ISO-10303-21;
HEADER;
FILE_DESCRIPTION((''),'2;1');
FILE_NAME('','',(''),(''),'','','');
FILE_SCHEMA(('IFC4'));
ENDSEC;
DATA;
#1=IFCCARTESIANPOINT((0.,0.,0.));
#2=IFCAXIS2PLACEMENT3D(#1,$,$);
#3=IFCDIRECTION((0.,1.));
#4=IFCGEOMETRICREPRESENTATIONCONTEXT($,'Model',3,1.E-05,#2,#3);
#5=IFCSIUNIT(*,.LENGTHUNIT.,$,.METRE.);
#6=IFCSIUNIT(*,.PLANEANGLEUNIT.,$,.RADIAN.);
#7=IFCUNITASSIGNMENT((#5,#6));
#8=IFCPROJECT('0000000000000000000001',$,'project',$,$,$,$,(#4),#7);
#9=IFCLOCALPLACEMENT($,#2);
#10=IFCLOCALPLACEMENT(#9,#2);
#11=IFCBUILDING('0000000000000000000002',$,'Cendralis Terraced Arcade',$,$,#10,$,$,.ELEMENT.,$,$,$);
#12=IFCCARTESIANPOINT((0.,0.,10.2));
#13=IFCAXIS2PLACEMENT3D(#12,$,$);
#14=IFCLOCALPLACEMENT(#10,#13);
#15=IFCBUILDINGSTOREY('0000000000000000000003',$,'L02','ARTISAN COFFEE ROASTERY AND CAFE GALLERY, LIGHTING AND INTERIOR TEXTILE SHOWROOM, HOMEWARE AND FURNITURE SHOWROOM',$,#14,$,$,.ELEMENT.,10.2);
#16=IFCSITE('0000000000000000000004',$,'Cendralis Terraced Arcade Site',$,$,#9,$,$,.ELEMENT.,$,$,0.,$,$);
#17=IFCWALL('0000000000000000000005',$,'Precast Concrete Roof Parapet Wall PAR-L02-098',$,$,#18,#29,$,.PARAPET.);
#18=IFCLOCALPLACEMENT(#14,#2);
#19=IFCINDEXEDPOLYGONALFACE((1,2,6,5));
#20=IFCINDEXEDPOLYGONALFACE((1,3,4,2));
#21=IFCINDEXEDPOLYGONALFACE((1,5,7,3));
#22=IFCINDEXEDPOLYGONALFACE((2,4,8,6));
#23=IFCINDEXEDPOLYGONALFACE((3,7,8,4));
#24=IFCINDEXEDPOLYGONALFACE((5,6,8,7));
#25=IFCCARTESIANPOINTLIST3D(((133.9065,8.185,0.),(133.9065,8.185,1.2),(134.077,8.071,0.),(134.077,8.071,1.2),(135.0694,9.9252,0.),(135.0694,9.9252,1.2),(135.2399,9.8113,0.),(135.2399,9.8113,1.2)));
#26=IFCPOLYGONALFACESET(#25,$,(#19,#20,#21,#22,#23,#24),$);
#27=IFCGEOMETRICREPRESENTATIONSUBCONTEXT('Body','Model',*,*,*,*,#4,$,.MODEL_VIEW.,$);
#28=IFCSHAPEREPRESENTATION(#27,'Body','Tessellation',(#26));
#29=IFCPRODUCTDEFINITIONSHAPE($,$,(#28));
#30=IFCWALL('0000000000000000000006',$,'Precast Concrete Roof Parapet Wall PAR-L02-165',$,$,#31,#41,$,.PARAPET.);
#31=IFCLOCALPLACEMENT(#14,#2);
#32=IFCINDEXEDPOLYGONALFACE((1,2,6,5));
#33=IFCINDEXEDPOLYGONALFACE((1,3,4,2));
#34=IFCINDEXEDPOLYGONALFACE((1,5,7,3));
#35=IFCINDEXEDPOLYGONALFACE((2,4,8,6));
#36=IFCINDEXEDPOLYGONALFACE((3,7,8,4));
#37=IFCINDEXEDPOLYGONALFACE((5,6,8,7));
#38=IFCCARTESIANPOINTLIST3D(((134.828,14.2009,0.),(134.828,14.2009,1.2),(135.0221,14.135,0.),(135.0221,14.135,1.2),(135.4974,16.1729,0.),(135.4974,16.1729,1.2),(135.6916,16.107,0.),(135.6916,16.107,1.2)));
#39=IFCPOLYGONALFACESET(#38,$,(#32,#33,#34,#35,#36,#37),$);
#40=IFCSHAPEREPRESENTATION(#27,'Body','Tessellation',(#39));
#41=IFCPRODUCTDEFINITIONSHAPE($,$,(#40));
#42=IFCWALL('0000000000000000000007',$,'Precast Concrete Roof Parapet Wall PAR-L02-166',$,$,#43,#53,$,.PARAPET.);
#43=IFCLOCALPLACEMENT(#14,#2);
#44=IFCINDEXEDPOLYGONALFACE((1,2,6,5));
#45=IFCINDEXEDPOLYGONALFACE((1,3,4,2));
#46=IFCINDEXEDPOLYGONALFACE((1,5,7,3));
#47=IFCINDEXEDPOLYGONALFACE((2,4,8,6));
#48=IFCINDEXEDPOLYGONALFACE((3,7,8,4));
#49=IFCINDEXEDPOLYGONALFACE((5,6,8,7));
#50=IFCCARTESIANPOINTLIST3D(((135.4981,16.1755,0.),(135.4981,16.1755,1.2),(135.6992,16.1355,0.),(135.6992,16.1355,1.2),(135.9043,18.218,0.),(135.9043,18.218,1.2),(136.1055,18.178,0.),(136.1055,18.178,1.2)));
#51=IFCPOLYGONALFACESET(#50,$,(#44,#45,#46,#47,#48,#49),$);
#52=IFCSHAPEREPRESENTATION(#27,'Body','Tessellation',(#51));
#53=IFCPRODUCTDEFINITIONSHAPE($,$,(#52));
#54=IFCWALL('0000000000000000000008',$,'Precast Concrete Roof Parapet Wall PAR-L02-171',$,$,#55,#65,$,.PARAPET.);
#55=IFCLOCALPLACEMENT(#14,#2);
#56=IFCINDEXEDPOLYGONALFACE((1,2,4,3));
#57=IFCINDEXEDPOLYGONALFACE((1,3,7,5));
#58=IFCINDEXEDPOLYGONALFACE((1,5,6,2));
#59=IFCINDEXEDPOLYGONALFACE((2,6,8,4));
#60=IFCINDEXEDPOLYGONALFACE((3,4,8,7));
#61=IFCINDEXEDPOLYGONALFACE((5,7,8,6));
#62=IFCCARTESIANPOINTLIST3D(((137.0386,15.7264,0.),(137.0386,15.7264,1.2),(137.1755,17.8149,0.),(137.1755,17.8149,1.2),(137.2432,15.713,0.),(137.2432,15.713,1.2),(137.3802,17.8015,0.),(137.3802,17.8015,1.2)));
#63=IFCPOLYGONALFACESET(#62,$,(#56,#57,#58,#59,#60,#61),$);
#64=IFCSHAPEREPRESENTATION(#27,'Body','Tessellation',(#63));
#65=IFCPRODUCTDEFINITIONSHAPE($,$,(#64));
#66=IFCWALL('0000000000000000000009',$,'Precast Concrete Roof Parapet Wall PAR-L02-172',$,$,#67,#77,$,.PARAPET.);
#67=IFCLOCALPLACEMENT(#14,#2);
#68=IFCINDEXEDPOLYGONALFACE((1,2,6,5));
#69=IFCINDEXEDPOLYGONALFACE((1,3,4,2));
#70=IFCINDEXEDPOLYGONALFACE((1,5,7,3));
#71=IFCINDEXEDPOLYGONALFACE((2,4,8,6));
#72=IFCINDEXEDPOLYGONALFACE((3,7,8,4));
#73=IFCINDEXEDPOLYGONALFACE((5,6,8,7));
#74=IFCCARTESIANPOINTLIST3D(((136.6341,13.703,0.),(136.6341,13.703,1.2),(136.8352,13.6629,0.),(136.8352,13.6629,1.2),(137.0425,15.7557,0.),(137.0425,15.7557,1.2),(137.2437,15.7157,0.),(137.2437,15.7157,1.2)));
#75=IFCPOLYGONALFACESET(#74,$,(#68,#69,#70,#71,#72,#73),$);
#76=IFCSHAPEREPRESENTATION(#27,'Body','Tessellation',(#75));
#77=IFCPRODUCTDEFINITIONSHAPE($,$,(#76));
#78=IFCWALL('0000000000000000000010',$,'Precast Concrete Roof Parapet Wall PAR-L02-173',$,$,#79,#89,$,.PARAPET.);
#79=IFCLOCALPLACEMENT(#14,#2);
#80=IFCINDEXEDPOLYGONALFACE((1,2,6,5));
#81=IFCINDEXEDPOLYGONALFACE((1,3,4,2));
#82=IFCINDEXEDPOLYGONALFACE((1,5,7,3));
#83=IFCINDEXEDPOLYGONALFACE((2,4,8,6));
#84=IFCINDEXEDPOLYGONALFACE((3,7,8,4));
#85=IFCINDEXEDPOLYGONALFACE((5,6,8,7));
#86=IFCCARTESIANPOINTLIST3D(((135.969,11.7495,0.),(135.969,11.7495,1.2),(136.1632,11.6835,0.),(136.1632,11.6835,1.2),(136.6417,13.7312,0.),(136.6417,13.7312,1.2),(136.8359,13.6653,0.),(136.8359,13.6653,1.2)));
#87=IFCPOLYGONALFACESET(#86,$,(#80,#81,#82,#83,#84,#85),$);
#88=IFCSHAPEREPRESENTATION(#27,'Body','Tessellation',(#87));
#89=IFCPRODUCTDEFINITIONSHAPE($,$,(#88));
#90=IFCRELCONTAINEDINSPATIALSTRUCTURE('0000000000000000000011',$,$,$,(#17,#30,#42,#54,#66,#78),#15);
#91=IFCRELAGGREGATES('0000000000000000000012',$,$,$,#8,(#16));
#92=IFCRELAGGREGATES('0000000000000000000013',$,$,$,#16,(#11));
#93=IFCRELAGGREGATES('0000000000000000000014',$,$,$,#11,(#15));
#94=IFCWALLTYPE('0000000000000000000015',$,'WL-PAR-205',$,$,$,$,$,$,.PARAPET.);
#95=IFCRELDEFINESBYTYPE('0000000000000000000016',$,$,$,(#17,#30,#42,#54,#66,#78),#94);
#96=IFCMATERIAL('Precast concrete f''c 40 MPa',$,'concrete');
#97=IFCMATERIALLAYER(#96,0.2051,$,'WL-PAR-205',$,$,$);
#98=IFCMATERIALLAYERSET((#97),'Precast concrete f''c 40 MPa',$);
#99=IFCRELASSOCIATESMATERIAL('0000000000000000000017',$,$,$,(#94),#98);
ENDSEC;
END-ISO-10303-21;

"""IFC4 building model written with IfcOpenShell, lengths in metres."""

from ifc_helpers import new_model, si_unit, direction, frame, frame_2d, origin, place, context, subcontext, project, spatial, rectangle, extrude, material, layer, layer_set, type_object, element, save


model = new_model("IFC4")

# Units and contexts
model_context = context("Model", 3, precision=1e-05, world=origin(), true_north=direction((0.0, 1.0)))
body_context = subcontext(model_context, "Body", "Model", "MODEL_VIEW")
ifc_project = project(units=[si_unit("LENGTHUNIT", "METRE"), si_unit("PLANEANGLEUNIT", "RADIAN")], contexts=[model_context])

# Site, building, storey
site_placement = place(None, origin())
site = spatial("IfcSite", under=ifc_project, at=site_placement, Name="Cendralis Terraced Arcade Site", CompositionType="ELEMENT", RefElevation=0.0)
building_placement = place(site_placement, origin())
building = spatial("IfcBuilding", under=site, at=building_placement, Name="Cendralis Terraced Arcade", CompositionType="ELEMENT")
storey_placement = place(building_placement, frame((0.0, 0.0, 10.2)))
storey = spatial("IfcBuildingStorey", under=building, at=storey_placement, Name="L02", Description="ARTISAN COFFEE ROASTERY AND CAFE GALLERY, LIGHTING AND INTERIOR TEXTILE SHOWROOM, HOMEWARE AND FURNITURE SHOWROOM", CompositionType="ELEMENT", Elevation=10.2)

# Walls
ifc_material_1 = material(Name="Precast concrete f'c 40 MPa", Category="concrete")
ifc_layer_1 = layer(ifc_material_1, 0.2051, Name="WL-PAR-205")
ifc_layer_set_1 = layer_set([ifc_layer_1], Name="Precast concrete f'c 40 MPa")
wall_type = type_object("IfcWallType", Name="WL-PAR-205", PredefinedType="PARAPET", material=ifc_layer_set_1)
wall_1_placement = place(storey_placement, frame((135.1545, 9.8682, 0.0), z_axis=(0.0, 0.0, 1.0), x_axis=(-0.555588, -0.831458, 0.0)))
element("IfcWall", 1, at=wall_1_placement, inside=storey, type_object=wall_type, Name="Precast Concrete Roof Parapet Wall PAR-L02-098", PredefinedType="PARAPET", context=body_context, shape_type="SweptSolid", body=[
    extrude(rectangle(XDim=2.093, YDim=0.2051, at=frame_2d((1.0464, 0.0))), origin(), (0.0, 0.0, 1.0), 1.2),
])
for number, where, z_axis, x_axis, name in (
    (2, (134.925, 14.168, 0.0), (0.0, 0.0, 1.0), (0.321463, 0.946922, 0.0), "Precast Concrete Roof Parapet Wall PAR-L02-165"),
    (3, (135.5986, 16.1555, 0.0), (0.0, 0.0, 1.0), (0.195079, 0.980788, 0.0), "Precast Concrete Roof Parapet Wall PAR-L02-166"),
):
    element("IfcWall", number, at=place(storey_placement, frame(where, z_axis=z_axis, x_axis=x_axis)), inside=storey, type_object=wall_type, Name=name, PredefinedType="PARAPET", context=body_context, shape_type="SweptSolid", body=[
        extrude(rectangle(XDim=2.0825, YDim=0.2051, at=frame_2d((1.0413, 0.0))), origin(), (0.0, 0.0, 1.0), 1.2),
    ])
for number, where, z_axis, x_axis, name in (
    (4, (137.2778, 17.8081, 0.0), (0.0, 0.0, 1.0), (-0.065435, -0.997857, 0.0), "Precast Concrete Roof Parapet Wall PAR-L02-171"),
    (5, (137.1431, 15.7356, 0.0), (0.0, 0.0, 1.0), (-0.195151, -0.980773, 0.0), "Precast Concrete Roof Parapet Wall PAR-L02-172"),
):
    element("IfcWall", number, at=place(storey_placement, frame(where, z_axis=z_axis, x_axis=x_axis)), inside=storey, type_object=wall_type, Name=name, PredefinedType="PARAPET", context=body_context, shape_type="SweptSolid", body=[
        extrude(rectangle(XDim=2.093, YDim=0.2051, at=frame_2d((1.0464, 0.0))), origin(), (0.0, 0.0, 1.0), 1.2),
    ])
wall_2_placement = place(storey_placement, frame((136.7388, 13.6982, 0.0), z_axis=(0.0, 0.0, 1.0), x_axis=(-0.321403, -0.946943, 0.0)))
element("IfcWall", 6, at=wall_2_placement, inside=storey, type_object=wall_type, Name="Precast Concrete Roof Parapet Wall PAR-L02-173", PredefinedType="PARAPET", context=body_context, shape_type="SweptSolid", body=[
    extrude(rectangle(XDim=2.0928, YDim=0.2051, at=frame_2d((1.0464, 0.0))), origin(), (0.0, 0.0, 1.0), 1.2),
])

save(model, "model.ifc")
